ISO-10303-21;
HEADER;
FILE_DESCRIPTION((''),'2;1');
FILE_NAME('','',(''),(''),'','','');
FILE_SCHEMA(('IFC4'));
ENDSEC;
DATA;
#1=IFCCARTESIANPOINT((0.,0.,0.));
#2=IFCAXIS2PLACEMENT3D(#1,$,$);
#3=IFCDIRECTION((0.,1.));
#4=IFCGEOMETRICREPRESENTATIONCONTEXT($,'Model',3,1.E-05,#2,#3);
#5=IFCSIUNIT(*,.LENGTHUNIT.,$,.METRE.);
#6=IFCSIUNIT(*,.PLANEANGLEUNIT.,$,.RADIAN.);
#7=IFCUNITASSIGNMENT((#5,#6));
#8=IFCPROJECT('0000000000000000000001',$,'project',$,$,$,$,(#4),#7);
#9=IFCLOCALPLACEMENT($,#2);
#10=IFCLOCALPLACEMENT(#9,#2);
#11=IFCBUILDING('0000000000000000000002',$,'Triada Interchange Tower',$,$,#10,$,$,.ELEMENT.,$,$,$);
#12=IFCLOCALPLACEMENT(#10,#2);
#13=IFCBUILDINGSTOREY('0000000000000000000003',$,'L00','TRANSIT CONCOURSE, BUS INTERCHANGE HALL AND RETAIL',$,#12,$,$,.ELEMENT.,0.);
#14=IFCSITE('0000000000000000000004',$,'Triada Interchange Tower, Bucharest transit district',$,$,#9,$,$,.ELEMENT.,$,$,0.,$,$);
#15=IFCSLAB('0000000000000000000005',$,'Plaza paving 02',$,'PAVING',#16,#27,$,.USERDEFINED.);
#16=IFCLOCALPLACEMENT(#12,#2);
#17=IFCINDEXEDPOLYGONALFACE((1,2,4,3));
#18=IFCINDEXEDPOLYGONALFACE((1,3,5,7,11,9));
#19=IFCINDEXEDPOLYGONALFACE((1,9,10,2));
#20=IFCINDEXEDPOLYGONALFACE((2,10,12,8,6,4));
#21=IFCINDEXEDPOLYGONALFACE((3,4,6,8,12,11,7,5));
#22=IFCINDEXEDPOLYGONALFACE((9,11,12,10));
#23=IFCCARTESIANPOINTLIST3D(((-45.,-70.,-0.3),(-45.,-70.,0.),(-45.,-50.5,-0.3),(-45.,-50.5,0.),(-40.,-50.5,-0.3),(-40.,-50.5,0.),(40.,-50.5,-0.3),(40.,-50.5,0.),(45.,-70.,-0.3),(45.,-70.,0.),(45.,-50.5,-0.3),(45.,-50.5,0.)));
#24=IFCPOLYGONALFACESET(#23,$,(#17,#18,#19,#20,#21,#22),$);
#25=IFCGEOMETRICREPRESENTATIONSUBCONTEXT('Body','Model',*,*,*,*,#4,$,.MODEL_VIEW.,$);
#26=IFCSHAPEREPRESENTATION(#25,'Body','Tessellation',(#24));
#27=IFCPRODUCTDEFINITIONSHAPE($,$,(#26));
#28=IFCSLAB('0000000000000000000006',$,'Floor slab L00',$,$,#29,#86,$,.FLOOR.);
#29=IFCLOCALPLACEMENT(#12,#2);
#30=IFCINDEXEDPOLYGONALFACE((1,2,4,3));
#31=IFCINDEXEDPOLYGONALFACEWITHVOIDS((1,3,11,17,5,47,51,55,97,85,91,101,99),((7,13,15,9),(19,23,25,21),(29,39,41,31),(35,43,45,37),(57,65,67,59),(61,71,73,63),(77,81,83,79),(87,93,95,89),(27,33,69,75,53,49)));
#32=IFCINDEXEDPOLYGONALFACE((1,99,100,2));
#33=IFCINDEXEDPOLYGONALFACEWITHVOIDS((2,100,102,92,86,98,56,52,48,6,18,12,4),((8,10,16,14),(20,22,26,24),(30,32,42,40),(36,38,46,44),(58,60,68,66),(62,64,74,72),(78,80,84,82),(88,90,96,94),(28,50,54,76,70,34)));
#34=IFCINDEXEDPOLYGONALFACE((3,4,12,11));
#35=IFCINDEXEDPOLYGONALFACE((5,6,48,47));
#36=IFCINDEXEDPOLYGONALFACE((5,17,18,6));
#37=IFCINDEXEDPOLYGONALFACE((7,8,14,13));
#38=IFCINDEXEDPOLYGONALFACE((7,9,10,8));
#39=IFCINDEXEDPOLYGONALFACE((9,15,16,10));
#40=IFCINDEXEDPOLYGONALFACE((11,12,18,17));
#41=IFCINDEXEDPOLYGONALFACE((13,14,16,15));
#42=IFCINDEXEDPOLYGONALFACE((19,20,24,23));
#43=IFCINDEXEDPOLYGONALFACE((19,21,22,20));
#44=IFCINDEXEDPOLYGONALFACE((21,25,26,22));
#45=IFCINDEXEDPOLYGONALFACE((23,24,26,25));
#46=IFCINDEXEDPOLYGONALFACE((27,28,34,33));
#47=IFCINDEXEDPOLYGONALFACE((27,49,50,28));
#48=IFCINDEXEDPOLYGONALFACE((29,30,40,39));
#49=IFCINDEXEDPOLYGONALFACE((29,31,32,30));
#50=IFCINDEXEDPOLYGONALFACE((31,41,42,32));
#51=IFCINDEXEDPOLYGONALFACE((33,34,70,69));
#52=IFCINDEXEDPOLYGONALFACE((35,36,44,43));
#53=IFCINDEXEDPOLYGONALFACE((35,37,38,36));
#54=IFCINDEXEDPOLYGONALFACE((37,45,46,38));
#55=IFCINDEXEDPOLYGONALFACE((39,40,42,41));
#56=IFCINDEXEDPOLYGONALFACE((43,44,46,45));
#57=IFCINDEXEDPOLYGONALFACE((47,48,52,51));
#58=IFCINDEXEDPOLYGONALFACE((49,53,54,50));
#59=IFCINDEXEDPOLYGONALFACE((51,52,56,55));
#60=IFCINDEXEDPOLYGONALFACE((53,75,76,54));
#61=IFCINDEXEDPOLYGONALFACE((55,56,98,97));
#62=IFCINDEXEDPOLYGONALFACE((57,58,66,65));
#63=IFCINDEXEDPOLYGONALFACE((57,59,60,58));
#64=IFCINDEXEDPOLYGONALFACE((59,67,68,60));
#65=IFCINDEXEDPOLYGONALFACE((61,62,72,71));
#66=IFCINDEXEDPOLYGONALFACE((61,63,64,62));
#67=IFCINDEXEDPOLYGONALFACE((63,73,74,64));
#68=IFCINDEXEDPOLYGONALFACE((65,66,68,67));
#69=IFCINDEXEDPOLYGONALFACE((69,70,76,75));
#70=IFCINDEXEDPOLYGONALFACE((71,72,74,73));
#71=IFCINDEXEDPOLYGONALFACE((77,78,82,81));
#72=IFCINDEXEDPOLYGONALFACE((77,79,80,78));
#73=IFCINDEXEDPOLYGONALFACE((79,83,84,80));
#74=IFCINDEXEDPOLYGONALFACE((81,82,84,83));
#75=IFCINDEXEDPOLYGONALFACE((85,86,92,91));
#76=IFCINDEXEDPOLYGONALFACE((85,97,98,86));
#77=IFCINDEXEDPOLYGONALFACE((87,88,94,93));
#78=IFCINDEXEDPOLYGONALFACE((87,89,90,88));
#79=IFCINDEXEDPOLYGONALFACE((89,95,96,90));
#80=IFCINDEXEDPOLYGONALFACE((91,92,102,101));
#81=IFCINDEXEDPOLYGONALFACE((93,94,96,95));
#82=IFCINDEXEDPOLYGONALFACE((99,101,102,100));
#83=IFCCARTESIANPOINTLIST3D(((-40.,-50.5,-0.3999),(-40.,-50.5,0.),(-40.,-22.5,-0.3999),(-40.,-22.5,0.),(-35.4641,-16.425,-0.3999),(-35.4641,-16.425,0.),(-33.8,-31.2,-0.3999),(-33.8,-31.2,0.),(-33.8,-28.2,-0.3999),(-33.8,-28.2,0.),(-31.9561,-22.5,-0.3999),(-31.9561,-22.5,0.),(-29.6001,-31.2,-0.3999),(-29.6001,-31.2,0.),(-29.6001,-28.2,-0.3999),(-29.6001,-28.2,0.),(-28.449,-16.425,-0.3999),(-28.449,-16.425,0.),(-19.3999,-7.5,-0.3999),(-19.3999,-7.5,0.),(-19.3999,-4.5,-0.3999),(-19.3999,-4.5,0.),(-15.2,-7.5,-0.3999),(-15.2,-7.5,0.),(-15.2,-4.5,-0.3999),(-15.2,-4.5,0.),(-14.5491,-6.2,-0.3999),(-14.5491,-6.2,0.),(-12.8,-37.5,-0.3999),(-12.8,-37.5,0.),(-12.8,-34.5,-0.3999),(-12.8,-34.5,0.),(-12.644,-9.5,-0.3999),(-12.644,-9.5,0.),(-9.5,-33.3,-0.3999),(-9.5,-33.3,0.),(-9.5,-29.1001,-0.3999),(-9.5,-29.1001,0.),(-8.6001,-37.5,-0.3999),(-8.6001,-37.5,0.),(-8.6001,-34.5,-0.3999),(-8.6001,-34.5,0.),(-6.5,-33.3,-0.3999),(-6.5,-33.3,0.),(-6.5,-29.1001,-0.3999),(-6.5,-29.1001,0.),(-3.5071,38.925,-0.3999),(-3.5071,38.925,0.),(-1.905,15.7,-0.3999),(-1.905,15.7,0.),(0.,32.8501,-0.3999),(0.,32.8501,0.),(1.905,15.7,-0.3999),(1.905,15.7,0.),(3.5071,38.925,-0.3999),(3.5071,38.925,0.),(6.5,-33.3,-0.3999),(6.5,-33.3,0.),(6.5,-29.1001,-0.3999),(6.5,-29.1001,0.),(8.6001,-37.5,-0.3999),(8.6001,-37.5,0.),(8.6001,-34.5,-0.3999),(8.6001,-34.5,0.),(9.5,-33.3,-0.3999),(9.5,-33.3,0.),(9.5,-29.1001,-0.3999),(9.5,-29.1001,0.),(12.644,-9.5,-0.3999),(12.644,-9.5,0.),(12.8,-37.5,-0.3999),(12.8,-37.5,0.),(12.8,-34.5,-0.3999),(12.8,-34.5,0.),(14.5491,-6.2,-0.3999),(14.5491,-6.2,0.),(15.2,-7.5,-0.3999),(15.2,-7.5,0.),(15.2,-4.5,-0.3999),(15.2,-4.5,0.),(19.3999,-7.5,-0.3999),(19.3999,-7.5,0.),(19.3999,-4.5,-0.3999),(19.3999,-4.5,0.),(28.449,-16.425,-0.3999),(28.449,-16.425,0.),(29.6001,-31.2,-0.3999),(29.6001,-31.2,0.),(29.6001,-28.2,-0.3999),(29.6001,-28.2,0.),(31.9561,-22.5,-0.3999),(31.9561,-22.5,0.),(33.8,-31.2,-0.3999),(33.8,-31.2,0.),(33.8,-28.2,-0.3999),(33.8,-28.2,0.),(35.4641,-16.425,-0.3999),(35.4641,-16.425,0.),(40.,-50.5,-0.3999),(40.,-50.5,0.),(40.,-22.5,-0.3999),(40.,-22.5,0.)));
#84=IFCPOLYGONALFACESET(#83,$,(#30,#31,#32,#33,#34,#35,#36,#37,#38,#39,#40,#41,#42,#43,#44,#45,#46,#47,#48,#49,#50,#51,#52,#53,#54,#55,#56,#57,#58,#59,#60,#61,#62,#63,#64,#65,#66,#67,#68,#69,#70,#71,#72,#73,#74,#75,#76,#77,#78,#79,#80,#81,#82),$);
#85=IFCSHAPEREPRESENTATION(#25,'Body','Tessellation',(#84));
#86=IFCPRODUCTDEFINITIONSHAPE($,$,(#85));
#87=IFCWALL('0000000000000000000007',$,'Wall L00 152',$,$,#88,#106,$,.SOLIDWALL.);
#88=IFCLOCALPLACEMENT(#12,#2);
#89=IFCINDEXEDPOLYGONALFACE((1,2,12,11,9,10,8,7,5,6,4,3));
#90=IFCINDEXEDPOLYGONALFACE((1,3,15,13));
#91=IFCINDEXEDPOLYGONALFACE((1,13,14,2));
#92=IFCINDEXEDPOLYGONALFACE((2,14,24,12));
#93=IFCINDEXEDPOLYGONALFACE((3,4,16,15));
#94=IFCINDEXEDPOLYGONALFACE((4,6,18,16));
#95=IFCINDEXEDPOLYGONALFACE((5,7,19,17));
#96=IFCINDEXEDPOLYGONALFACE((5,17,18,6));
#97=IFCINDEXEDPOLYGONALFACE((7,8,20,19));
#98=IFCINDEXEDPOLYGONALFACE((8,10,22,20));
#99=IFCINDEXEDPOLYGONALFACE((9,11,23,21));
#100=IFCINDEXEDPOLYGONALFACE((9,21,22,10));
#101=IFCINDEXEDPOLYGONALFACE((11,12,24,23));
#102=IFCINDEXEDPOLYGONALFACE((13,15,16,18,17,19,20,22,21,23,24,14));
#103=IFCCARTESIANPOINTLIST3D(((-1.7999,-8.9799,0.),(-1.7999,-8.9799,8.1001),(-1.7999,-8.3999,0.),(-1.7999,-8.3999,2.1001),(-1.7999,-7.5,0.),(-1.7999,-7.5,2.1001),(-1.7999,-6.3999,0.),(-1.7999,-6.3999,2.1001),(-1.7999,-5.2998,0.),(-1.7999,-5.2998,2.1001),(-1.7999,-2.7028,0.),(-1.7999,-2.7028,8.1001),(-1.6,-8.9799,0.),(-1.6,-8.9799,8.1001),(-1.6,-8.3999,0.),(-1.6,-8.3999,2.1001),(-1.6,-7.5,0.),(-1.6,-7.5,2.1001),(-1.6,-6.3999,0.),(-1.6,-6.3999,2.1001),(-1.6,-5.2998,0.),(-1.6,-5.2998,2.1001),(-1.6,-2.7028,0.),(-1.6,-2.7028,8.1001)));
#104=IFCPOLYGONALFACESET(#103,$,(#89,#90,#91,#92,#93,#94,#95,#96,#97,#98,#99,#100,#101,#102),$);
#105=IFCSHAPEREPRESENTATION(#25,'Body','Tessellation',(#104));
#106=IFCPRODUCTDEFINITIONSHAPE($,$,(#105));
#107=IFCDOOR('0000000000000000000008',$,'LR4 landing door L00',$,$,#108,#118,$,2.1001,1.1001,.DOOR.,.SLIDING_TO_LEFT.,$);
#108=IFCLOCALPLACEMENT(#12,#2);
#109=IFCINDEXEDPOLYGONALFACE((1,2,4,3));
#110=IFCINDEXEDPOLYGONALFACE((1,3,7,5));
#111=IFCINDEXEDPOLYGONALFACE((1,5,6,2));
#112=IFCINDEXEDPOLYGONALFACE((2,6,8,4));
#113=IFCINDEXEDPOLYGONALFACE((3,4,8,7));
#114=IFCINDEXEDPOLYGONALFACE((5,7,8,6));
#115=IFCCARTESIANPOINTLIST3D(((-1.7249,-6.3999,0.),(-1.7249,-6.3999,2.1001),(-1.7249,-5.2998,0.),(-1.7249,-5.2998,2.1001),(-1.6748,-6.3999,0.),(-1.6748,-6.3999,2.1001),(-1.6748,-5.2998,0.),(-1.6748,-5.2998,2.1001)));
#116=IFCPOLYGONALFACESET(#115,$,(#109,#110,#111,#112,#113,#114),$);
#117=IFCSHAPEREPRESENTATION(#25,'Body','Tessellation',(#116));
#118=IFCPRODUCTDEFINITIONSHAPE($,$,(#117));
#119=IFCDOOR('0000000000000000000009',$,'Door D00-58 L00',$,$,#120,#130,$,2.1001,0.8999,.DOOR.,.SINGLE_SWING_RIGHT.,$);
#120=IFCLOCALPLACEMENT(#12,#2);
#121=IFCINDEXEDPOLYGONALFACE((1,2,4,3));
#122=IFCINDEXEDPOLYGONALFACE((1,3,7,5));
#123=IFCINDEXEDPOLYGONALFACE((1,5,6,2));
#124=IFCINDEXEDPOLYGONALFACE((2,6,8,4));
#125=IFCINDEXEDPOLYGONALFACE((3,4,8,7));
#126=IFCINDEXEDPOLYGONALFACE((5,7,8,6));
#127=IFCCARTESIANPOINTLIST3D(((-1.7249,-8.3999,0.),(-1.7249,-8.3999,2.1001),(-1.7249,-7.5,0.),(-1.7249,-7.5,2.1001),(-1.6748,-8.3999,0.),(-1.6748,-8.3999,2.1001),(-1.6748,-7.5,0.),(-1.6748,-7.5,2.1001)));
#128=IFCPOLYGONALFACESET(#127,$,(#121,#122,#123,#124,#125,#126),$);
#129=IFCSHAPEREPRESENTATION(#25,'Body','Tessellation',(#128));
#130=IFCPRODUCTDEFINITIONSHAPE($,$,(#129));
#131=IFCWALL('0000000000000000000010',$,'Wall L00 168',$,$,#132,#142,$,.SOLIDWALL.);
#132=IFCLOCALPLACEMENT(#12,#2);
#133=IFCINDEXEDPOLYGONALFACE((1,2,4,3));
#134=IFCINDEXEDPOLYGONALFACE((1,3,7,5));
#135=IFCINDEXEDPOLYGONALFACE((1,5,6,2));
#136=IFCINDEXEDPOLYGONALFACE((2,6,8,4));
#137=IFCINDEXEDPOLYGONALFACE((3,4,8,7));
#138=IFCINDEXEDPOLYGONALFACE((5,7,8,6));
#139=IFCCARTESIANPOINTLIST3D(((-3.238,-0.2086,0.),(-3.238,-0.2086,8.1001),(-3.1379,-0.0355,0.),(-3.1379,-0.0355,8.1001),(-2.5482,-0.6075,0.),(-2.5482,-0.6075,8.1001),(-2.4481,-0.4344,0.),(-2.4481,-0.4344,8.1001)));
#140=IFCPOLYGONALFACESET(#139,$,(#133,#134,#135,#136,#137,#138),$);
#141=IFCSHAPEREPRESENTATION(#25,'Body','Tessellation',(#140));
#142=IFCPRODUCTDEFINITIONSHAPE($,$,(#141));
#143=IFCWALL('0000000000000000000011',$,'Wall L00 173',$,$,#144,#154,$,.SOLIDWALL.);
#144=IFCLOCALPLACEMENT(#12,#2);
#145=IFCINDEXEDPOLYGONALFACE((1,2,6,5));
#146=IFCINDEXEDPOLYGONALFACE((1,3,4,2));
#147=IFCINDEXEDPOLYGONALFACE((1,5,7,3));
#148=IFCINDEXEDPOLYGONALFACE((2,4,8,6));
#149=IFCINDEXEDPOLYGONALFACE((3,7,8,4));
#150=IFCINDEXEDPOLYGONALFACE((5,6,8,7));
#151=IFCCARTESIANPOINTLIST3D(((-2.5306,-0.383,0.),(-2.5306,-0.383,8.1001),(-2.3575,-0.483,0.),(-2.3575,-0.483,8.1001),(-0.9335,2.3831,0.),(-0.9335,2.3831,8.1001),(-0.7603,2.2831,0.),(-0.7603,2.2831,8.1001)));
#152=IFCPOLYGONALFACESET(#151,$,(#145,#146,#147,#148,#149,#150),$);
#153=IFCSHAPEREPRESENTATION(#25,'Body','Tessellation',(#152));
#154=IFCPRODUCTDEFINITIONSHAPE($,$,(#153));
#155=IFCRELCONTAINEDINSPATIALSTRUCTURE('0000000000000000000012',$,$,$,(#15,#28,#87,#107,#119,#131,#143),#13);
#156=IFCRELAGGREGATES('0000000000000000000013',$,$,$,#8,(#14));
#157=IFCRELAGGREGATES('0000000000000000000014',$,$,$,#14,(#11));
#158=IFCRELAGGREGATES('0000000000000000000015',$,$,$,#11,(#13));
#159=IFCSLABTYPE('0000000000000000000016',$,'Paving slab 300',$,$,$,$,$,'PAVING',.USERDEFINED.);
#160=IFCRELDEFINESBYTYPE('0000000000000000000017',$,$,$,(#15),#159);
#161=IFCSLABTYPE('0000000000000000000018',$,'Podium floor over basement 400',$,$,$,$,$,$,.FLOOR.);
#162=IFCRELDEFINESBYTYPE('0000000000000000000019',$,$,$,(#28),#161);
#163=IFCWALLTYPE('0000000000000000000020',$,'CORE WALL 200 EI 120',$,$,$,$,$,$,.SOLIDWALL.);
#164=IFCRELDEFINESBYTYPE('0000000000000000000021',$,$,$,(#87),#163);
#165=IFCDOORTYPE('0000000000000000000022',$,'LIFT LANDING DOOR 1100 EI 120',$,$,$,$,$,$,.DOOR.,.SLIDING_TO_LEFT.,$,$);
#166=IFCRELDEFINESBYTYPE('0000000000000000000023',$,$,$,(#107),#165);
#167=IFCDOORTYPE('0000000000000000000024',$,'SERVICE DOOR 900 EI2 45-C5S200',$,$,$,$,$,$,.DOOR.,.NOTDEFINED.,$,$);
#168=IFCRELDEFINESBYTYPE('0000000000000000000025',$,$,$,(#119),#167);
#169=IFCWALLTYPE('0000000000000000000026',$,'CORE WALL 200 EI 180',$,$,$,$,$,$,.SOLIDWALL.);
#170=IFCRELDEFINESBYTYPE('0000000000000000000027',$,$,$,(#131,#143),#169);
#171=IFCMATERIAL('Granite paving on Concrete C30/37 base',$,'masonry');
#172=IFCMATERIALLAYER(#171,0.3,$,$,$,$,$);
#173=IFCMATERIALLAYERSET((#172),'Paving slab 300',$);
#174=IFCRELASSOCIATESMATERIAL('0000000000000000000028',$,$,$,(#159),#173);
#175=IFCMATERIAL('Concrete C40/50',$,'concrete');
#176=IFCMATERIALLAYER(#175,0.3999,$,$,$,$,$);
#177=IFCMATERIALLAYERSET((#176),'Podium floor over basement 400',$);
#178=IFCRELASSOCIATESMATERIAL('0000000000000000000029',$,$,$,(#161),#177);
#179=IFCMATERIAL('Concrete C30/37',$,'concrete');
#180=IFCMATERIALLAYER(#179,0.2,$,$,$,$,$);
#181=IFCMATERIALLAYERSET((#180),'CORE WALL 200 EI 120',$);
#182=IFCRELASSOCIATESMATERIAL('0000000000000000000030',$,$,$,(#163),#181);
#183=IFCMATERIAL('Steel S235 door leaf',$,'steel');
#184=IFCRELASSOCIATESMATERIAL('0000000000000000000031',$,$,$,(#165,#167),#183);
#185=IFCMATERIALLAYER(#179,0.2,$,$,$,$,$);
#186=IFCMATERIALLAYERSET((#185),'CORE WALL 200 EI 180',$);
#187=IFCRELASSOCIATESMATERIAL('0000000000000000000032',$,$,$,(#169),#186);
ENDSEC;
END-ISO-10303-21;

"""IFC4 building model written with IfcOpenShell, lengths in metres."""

from ifc_helpers import new_model, si_unit, direction, frame, frame_2d, origin, place, context, subcontext, project, spatial, polyline, rectangle, outline, extrude, material, layer, layer_set, type_object, element, fill, save


model = new_model("IFC4")

# Units and contexts
model_context = context("Model", 3, precision=1e-05, world=origin(), true_north=direction((0.0, 1.0)))
body_context = subcontext(model_context, "Body", "Model", "MODEL_VIEW")
ifc_project = project(units=[si_unit("LENGTHUNIT", "METRE"), si_unit("PLANEANGLEUNIT", "RADIAN")], contexts=[model_context])

# Site, building, storey
site_placement = place(None, origin())
site = spatial("IfcSite", under=ifc_project, at=site_placement, Name="Triada Interchange Tower, Bucharest transit district", CompositionType="ELEMENT", RefElevation=0.0)
building_placement = place(site_placement, origin())
building = spatial("IfcBuilding", under=site, at=building_placement, Name="Triada Interchange Tower", CompositionType="ELEMENT")
storey_placement = place(building_placement, origin())
storey = spatial("IfcBuildingStorey", under=building, at=storey_placement, Name="L00", Description="TRANSIT CONCOURSE, BUS INTERCHANGE HALL AND RETAIL", CompositionType="ELEMENT", Elevation=0.0)

# Shared definitions
ifc_material_1 = material(Name="Concrete C30/37", Category="concrete")

# Slabs
ifc_material_2 = material(Name="Granite paving on Concrete C30/37 base", Category="masonry")
ifc_layer_1 = layer(ifc_material_2, 0.3)
ifc_layer_set_1 = layer_set([ifc_layer_1], Name="Paving slab 300")
slab_type_1 = type_object("IfcSlabType", Name="Paving slab 300", ElementType="PAVING", PredefinedType="USERDEFINED", material=ifc_layer_set_1)
slab_1_placement = place(storey_placement, frame((0.0, 0.0, -0.3)))
element("IfcSlab", 1, at=slab_1_placement, inside=storey, type_object=slab_type_1, Name="Plaza paving 02", ObjectType="PAVING", PredefinedType="USERDEFINED", context=body_context, shape_type="SweptSolid", body=[
    extrude(outline(polyline([(40.0, -50.5), (-40.0, -50.5), (-45.0, -50.5), (-45.0, -70.0), (45.0, -70.0), (45.0, -50.5), (40.0, -50.5)])), origin(), (0.0, 0.0, 1.0), 0.3),
])
ifc_material_3 = material(Name="Concrete C40/50", Category="concrete")
ifc_layer_2 = layer(ifc_material_3, 0.3999)
ifc_layer_set_2 = layer_set([ifc_layer_2], Name="Podium floor over basement 400")
slab_type_2 = type_object("IfcSlabType", Name="Podium floor over basement 400", PredefinedType="FLOOR", material=ifc_layer_set_2)
slab_2_placement = place(storey_placement, frame((0.0, 0.0, -0.3999)))
element("IfcSlab", 2, at=slab_2_placement, inside=storey, type_object=slab_type_2, Name="Floor slab L00", PredefinedType="FLOOR", context=body_context, shape_type="SweptSolid", body=[
    extrude(outline(polyline([(-40.0, -50.5), (40.0, -50.5), (40.0, -22.5), (31.9561, -22.5), (28.449, -16.425), (35.4641, -16.425), (3.5071, 38.925), (0.0, 32.8501), (-3.5071, 38.925), (-35.4641, -16.425), (-28.449, -16.425), (-31.9561, -22.5), (-40.0, -22.5), (-40.0, -50.5)]), holes=[polyline([(-8.6001, -37.5), (-12.8, -37.5), (-12.8, -34.5), (-8.6001, -34.5), (-8.6001, -37.5)]), polyline([(8.6001, -34.5), (12.8, -34.5), (12.8, -37.5), (8.6001, -37.5), (8.6001, -34.5)]), polyline([(-6.5, -29.1001), (-6.5, -33.3), (-9.5, -33.3), (-9.5, -29.1001), (-6.5, -29.1001)]), polyline([(9.5, -29.1001), (9.5, -33.3), (6.5, -33.3), (6.5, -29.1001), (9.5, -29.1001)]), polyline([(-29.6001, -31.2), (-33.8, -31.2), (-33.8, -28.2), (-29.6001, -28.2), (-29.6001, -31.2)]), polyline([(29.6001, -28.2), (33.8, -28.2), (33.8, -31.2), (29.6001, -31.2), (29.6001, -28.2)]), polyline([(-19.3999, -4.5), (-15.2, -4.5), (-15.2, -7.5), (-19.3999, -7.5), (-19.3999, -4.5)]), polyline([(15.2, -7.5), (15.2, -4.5), (19.3999, -4.5), (19.3999, -7.5), (15.2, -7.5)]), polyline([(-14.5491, -6.2), (-1.905, 15.7), (1.905, 15.7), (14.5491, -6.2), (12.644, -9.5), (-12.644, -9.5), (-14.5491, -6.2)])]), origin(), (0.0, 0.0, 1.0), 0.3999),
])

# Wall, openings, doors
ifc_layer_3 = layer(ifc_material_1, 0.2)
ifc_layer_set_3 = layer_set([ifc_layer_3], Name="CORE WALL 200 EI 120")
wall_type_1 = type_object("IfcWallType", Name="CORE WALL 200 EI 120", PredefinedType="SOLIDWALL", material=ifc_layer_set_3)
wall_1_placement = place(storey_placement, frame((-1.7, -8.98, 0.0), z_axis=(0.0, 0.0, 1.0), x_axis=(0.0, 1.0, 0.0)))
wall_1 = element("IfcWall", 3, at=wall_1_placement, inside=storey, type_object=wall_type_1, Name="Wall L00 152", PredefinedType="SOLIDWALL", context=body_context, shape_type="SweptSolid", body=[
    extrude(rectangle(XDim=6.2771, YDim=0.2, at=frame_2d((3.1387, 0.0))), origin(), (0.0, 0.0, 1.0), 8.1001),
])
opening_1_placement = place(wall_1_placement, frame((2.5801, 0.0, 0.0)))
opening_1 = element("IfcOpeningElement", 4, at=opening_1_placement, cuts=wall_1, PredefinedType="OPENING", context=body_context, shape_type="SweptSolid", body=[
    extrude(rectangle(XDim=1.1001, YDim=2.1001, at=frame_2d((0.55, 1.05))), frame((0.0, 0.1099, 0.0), z_axis=(0.0, -1.0, 0.0), x_axis=(1.0, 0.0, 0.0)), (0.0, 0.0, 1.0), 0.22),
])
opening_2_placement = place(wall_1_placement, frame((0.5801, 0.0, 0.0)))
opening_2 = element("IfcOpeningElement", 5, at=opening_2_placement, cuts=wall_1, PredefinedType="OPENING", context=body_context, shape_type="SweptSolid", body=[
    extrude(rectangle(XDim=0.8999, YDim=2.1001, at=frame_2d((0.45, 1.05))), frame((0.0, 0.1099, 0.0), z_axis=(0.0, -1.0, 0.0), x_axis=(1.0, 0.0, 0.0)), (0.0, 0.0, 1.0), 0.22),
])
ifc_material_4 = material(Name="Steel S235 door leaf", Category="steel")
door_type_1 = type_object("IfcDoorType", Name="LIFT LANDING DOOR 1100 EI 120", OperationType="SLIDING_TO_LEFT", PredefinedType="DOOR", material=ifc_material_4)
door_1_placement = place(opening_1_placement, origin())
door_1 = element("IfcDoor", 6, at=door_1_placement, inside=storey, type_object=door_type_1, Name="LR4 landing door L00", OperationType="SLIDING_TO_LEFT", OverallHeight=2.1001, OverallWidth=1.1001, PredefinedType="DOOR", context=body_context, shape_type="SweptSolid", body=[
    extrude(rectangle(XDim=1.1001, YDim=2.1001, at=frame_2d((0.55, 1.05))), frame((0.0, 0.0249, 0.0), z_axis=(0.0, -1.0, 0.0), x_axis=(1.0, 0.0, 0.0)), (0.0, 0.0, 1.0), 0.05),
])
fill(opening_1, door_1)
door_type_2 = type_object("IfcDoorType", Name="SERVICE DOOR 900 EI2 45-C5S200", OperationType="NOTDEFINED", PredefinedType="DOOR", material=ifc_material_4)
door_2_placement = place(opening_2_placement, origin())
door_2 = element("IfcDoor", 7, at=door_2_placement, inside=storey, type_object=door_type_2, Name="Door D00-58 L00", OperationType="SINGLE_SWING_RIGHT", OverallHeight=2.1001, OverallWidth=0.8999, PredefinedType="DOOR", context=body_context, shape_type="SweptSolid", body=[
    extrude(rectangle(XDim=0.8999, YDim=2.1001, at=frame_2d((0.45, 1.05))), frame((0.0, 0.0249, 0.0), z_axis=(0.0, -1.0, 0.0), x_axis=(1.0, 0.0, 0.0)), (0.0, 0.0, 1.0), 0.05),
])
fill(opening_2, door_2)

# Walls
ifc_layer_4 = layer(ifc_material_1, 0.2)
ifc_layer_set_4 = layer_set([ifc_layer_4], Name="CORE WALL 200 EI 180")
wall_type_2 = type_object("IfcWallType", Name="CORE WALL 200 EI 180", PredefinedType="SOLIDWALL", material=ifc_layer_set_4)
wall_2_placement = place(storey_placement, frame((-3.188, -0.1221, 0.0), z_axis=(0.0, 0.0, 1.0), x_axis=(0.865706, -0.500553, 0.0)))
element("IfcWall", 8, at=wall_2_placement, inside=storey, type_object=wall_type_2, Name="Wall L00 168", PredefinedType="SOLIDWALL", context=body_context, shape_type="SweptSolid", body=[
    extrude(rectangle(XDim=0.7969, YDim=0.2, at=frame_2d((0.3984, 0.0))), origin(), (0.0, 0.0, 1.0), 8.1001),
])
wall_3_placement = place(storey_placement, frame((-2.4441, -0.4331, 0.0), z_axis=(0.0, 0.0, 1.0), x_axis=(0.500036, 0.866005, 0.0)))
element("IfcWall", 9, at=wall_3_placement, inside=storey, type_object=wall_type_2, Name="Wall L00 173", PredefinedType="SOLIDWALL", context=body_context, shape_type="SweptSolid", body=[
    extrude(rectangle(XDim=3.1941, YDim=0.2, at=frame_2d((1.5972, 0.0))), origin(), (0.0, 0.0, 1.0), 8.1001),
])

save(model, "model.ifc")
